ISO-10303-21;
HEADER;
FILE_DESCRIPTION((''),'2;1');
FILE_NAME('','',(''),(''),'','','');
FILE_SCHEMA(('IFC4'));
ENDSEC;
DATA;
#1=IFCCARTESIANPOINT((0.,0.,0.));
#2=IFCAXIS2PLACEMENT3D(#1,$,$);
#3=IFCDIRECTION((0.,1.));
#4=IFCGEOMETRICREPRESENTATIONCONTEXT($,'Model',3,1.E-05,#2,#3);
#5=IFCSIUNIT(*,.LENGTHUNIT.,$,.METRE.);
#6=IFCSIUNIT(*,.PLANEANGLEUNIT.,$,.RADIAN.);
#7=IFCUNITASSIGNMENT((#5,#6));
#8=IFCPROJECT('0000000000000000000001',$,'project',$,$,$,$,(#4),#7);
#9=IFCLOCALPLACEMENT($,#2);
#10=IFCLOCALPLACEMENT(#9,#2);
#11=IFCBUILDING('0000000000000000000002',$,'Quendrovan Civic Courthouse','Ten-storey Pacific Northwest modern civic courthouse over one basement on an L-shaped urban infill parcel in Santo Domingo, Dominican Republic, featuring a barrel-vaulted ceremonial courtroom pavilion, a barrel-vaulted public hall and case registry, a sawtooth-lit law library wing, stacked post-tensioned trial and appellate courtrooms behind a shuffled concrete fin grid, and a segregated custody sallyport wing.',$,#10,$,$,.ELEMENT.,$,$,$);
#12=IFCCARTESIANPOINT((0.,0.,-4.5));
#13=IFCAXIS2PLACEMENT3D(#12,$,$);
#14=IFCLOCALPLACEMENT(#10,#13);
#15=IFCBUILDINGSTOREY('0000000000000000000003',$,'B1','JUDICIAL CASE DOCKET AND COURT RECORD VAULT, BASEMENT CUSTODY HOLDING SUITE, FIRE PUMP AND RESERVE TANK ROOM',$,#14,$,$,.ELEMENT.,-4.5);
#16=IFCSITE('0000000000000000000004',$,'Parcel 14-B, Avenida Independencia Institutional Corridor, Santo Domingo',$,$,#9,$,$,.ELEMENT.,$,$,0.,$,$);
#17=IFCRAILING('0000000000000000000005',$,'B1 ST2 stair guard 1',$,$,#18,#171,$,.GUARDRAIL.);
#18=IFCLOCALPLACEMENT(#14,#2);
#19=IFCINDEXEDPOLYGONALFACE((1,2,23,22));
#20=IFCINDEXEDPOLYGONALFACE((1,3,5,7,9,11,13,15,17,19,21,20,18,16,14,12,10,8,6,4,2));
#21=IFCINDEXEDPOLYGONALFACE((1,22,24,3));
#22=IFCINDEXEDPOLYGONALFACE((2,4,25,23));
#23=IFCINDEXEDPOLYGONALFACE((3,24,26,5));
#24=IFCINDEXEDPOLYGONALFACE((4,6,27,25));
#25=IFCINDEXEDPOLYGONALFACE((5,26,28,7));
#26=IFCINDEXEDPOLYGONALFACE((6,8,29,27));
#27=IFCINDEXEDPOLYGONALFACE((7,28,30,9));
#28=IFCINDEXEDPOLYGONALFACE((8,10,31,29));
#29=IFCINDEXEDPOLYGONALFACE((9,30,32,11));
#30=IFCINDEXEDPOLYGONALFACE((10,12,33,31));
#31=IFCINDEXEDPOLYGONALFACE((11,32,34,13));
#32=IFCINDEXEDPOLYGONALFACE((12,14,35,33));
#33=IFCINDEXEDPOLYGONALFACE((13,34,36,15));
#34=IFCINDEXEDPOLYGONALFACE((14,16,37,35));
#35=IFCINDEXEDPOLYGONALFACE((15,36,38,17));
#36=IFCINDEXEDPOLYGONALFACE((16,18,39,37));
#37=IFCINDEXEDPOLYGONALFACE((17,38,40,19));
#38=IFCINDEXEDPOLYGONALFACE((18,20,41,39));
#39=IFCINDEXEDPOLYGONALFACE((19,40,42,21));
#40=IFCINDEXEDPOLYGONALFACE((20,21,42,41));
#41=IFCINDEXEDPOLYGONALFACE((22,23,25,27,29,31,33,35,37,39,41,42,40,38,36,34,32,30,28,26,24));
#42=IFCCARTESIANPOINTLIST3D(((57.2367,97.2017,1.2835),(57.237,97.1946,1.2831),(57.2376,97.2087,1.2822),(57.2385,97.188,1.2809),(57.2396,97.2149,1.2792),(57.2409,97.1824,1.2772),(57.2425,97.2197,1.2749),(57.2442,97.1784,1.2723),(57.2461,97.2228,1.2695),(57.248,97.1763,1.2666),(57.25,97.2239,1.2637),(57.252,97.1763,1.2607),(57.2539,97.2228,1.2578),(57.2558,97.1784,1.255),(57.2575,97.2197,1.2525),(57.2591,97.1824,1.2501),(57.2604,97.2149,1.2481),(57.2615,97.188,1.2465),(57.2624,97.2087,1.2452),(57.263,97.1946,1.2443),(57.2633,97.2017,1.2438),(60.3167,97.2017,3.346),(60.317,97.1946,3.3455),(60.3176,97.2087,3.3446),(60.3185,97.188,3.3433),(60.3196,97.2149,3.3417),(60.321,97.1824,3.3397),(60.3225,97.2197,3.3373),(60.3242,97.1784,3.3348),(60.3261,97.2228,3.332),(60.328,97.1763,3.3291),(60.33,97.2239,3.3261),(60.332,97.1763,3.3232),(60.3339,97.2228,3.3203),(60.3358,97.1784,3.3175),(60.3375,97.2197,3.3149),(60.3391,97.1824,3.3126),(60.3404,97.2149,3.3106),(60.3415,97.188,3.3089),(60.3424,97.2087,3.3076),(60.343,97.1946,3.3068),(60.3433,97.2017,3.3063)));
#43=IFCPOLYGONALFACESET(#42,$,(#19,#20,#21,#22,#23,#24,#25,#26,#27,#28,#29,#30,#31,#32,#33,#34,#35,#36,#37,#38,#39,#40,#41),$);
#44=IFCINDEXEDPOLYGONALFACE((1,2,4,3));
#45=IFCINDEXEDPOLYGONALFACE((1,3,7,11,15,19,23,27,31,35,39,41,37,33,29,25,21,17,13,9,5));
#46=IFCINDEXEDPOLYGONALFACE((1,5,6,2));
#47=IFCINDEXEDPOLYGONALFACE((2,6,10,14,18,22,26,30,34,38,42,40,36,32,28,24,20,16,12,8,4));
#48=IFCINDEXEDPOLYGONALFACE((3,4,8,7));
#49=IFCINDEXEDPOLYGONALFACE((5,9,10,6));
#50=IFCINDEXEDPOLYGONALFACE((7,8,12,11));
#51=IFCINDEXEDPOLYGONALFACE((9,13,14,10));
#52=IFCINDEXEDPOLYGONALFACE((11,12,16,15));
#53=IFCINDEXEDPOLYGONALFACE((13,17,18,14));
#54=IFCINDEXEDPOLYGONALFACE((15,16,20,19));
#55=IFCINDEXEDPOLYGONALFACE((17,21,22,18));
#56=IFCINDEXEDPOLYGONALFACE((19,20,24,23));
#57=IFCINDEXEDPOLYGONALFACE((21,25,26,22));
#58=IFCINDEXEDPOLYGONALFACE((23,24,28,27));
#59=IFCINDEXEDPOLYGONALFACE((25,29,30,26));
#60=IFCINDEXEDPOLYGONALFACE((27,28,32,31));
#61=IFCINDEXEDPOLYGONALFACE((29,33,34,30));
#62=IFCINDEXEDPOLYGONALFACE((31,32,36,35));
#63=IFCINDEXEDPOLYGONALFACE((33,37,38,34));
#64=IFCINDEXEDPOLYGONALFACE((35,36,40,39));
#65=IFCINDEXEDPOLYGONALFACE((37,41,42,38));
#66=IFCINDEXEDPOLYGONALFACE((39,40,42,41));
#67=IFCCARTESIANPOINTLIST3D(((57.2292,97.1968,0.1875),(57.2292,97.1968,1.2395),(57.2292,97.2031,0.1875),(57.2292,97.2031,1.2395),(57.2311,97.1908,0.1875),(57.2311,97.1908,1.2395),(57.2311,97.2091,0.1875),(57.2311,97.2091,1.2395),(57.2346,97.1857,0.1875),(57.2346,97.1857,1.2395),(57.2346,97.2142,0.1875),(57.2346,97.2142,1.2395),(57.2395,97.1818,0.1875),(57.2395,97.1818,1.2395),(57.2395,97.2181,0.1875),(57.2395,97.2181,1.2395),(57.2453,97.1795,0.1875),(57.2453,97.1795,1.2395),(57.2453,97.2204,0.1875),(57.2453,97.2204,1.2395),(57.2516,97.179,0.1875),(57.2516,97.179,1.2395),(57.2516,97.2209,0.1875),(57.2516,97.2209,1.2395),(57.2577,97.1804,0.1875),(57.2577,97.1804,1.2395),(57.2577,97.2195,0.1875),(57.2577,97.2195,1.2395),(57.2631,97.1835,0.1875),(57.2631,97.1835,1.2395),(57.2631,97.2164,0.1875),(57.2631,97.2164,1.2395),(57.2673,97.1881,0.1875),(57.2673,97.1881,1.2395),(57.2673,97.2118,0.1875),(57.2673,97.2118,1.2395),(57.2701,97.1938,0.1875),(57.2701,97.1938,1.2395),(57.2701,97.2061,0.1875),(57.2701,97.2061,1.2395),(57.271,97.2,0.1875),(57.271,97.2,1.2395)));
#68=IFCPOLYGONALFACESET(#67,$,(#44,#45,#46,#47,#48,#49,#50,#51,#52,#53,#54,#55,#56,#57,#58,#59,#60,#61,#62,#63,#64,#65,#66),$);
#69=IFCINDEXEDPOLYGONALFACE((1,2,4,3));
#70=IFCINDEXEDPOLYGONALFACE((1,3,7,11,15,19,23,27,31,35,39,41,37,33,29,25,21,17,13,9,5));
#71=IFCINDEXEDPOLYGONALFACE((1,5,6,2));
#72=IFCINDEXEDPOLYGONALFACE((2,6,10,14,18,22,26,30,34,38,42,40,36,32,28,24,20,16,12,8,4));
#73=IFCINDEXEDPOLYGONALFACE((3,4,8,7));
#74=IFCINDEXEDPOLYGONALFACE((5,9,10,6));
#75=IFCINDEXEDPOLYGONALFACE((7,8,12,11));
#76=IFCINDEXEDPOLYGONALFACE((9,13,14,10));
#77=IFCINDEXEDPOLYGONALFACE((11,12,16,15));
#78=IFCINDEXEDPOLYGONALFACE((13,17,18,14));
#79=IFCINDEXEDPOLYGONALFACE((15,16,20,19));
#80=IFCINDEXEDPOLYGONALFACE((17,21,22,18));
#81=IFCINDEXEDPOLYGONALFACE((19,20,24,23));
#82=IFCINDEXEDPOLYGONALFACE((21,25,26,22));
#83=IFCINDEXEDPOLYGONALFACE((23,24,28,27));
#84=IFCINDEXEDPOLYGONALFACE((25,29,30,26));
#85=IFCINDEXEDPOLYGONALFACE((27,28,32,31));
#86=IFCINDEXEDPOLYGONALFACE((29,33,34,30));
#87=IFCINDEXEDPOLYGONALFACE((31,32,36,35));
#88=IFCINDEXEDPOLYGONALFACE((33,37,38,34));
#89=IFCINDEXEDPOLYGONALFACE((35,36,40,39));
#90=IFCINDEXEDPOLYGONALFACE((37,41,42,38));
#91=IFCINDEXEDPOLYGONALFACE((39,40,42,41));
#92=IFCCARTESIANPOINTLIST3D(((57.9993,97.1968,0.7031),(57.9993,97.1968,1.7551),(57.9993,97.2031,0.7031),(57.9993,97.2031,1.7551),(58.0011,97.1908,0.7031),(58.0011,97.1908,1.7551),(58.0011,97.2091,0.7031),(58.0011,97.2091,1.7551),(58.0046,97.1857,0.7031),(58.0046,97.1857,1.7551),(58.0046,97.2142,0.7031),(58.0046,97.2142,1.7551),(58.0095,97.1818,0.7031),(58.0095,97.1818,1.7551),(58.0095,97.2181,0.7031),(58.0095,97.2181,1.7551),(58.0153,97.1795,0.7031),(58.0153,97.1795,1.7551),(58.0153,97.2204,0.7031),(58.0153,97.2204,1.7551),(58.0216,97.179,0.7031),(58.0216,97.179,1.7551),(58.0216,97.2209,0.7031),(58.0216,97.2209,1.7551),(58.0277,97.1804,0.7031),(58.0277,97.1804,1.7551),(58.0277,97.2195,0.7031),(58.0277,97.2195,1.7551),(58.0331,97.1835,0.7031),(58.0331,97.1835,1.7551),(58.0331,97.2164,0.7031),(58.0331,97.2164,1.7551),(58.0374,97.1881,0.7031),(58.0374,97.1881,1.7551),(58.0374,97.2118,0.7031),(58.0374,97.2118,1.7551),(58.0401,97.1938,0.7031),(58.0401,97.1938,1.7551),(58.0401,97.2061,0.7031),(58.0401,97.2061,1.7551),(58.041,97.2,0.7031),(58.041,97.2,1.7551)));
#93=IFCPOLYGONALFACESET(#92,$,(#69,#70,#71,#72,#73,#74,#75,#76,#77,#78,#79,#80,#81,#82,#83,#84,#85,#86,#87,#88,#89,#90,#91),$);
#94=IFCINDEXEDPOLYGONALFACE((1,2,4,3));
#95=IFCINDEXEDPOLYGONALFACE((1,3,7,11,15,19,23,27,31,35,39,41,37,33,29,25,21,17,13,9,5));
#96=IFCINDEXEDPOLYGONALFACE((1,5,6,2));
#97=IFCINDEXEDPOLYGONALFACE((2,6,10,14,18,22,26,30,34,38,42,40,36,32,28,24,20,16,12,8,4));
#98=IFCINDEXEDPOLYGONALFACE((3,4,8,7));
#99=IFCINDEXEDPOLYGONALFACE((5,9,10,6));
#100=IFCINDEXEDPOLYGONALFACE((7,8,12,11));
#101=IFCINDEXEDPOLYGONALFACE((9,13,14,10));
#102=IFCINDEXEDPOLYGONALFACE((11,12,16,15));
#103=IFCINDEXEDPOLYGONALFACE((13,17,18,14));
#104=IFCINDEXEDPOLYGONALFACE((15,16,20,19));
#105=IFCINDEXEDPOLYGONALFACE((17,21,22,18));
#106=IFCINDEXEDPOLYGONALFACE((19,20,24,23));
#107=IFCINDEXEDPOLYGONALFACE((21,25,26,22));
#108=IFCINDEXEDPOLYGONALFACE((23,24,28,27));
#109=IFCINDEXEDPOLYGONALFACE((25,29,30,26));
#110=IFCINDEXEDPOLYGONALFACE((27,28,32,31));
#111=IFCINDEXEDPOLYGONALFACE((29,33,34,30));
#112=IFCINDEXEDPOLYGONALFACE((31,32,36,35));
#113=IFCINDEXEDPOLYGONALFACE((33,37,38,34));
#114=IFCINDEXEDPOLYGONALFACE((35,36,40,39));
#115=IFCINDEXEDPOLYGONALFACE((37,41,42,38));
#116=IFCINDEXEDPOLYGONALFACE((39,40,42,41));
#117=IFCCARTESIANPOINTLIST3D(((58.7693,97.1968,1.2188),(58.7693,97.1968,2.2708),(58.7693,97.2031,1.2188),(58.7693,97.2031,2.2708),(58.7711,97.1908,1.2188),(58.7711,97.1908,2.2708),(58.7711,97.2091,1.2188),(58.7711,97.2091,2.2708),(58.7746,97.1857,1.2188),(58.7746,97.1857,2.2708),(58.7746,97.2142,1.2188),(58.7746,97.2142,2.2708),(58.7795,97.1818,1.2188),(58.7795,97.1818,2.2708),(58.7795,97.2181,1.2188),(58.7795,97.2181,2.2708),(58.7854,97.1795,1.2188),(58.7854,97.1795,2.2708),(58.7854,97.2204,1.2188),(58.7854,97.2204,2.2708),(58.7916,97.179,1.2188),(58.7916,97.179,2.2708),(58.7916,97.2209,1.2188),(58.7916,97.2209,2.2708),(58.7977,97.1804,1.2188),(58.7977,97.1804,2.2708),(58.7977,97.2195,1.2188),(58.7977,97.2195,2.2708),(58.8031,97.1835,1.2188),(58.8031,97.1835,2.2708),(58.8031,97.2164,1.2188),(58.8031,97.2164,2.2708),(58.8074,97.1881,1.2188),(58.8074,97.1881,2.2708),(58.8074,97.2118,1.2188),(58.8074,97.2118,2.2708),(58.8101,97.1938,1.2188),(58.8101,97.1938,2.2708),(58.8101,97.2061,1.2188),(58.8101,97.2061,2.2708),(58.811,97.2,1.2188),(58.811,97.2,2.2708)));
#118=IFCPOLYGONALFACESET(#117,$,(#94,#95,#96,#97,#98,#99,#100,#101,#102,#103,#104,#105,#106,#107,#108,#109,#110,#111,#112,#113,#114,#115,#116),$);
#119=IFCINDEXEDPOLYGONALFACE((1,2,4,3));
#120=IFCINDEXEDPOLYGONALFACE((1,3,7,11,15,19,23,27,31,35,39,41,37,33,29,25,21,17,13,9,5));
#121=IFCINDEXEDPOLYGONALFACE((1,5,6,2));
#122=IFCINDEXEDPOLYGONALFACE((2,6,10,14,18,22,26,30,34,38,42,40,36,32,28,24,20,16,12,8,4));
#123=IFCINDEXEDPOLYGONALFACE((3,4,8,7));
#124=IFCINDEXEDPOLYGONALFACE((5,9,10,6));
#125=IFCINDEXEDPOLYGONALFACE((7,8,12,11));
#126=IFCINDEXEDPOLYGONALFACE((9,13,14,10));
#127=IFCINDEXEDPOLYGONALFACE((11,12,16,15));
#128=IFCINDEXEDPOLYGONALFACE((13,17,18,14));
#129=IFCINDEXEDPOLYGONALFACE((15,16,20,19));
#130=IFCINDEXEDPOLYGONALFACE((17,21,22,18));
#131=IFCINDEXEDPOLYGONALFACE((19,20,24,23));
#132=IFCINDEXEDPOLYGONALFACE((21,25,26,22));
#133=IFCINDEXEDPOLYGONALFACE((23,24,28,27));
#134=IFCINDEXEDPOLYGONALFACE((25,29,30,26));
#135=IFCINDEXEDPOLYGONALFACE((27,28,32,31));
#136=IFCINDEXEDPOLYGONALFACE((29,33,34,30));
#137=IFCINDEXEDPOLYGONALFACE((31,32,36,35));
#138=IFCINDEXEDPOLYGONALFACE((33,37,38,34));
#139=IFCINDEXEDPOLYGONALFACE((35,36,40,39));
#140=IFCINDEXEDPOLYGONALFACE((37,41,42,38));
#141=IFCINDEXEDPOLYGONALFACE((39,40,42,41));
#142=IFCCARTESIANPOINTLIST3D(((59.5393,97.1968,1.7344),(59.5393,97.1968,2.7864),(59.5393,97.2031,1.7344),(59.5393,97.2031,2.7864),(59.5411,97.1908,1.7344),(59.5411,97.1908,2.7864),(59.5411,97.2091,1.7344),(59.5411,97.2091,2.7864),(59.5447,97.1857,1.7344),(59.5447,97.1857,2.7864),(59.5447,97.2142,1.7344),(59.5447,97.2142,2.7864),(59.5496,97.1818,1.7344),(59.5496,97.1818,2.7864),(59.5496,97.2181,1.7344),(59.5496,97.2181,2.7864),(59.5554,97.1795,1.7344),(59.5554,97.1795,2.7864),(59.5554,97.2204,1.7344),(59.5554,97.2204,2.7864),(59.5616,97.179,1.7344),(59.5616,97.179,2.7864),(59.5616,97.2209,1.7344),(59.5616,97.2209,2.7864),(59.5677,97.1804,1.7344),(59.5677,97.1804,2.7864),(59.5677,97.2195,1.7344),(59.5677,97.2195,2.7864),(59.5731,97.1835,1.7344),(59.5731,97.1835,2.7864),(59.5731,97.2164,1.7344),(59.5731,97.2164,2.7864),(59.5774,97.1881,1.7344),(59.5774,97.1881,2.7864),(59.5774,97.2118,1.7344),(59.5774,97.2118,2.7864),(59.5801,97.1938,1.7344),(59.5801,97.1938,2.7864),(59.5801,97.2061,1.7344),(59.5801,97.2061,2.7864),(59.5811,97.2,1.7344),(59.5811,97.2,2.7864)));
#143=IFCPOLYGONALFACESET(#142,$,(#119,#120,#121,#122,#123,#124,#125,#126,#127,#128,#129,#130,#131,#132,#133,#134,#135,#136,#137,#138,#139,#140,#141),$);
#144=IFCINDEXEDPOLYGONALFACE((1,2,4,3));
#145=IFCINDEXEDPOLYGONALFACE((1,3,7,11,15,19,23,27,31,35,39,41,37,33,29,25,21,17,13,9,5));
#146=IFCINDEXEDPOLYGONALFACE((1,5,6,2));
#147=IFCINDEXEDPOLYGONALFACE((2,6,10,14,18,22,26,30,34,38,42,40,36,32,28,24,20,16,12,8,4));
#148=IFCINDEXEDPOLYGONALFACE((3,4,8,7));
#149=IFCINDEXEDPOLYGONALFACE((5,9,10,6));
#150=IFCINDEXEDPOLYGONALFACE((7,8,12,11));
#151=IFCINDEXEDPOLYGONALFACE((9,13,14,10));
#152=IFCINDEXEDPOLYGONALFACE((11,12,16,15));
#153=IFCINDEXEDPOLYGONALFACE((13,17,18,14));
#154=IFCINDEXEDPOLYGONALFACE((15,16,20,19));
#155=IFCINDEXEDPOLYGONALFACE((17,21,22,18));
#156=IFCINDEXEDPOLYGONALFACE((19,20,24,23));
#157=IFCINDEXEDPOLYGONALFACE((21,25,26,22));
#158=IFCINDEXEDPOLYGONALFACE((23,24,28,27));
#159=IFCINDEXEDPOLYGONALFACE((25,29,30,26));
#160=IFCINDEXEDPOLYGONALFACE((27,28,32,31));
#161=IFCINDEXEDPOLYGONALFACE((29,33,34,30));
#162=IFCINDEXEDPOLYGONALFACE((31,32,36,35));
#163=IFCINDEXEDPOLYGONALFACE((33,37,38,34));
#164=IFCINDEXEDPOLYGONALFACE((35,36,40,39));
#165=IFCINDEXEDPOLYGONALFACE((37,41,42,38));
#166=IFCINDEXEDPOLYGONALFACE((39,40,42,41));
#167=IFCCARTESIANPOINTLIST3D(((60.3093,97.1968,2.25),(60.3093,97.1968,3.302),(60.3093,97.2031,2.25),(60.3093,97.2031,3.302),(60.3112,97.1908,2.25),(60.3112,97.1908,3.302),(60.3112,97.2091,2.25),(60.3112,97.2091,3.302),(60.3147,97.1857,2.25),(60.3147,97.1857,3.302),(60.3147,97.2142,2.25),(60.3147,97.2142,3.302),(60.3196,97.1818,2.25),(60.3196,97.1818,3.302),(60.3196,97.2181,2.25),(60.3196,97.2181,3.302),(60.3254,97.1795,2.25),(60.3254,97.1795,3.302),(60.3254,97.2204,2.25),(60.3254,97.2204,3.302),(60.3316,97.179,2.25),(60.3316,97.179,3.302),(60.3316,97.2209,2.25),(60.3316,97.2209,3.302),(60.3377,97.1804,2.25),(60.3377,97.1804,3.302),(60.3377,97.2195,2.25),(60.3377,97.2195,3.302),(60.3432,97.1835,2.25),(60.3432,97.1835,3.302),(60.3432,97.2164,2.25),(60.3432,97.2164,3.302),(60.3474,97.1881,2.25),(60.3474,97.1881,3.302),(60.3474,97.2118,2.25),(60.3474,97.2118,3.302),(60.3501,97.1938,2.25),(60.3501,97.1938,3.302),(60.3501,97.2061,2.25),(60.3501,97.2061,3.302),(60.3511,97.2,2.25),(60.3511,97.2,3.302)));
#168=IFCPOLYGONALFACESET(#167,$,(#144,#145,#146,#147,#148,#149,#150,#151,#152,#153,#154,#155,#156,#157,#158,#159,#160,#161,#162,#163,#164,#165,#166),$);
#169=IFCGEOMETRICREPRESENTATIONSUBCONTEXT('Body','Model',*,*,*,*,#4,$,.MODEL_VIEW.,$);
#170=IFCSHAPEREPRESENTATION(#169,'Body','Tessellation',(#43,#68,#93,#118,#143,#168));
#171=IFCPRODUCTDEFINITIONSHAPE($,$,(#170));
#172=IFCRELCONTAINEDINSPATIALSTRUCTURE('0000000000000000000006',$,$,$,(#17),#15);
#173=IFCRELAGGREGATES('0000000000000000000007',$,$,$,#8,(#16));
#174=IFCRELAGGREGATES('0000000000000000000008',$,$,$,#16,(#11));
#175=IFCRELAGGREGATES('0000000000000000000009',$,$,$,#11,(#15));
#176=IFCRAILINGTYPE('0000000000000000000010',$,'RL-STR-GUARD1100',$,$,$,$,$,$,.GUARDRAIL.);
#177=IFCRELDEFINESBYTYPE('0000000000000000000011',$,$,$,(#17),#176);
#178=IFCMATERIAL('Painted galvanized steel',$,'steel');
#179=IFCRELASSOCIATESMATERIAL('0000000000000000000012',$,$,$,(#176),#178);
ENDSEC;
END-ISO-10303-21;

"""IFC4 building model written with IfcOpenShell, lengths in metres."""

from ifc_helpers import new_model, si_unit, direction, frame, origin, origin_2d, place, context, subcontext, project, spatial, circle, extrude, material, type_object, element, save


model = new_model("IFC4")

# Units and contexts
model_context = context("Model", 3, precision=1e-05, world=origin(), true_north=direction((0.0, 1.0)))
body_context = subcontext(model_context, "Body", "Model", "MODEL_VIEW")
ifc_project = project(units=[si_unit("LENGTHUNIT", "METRE"), si_unit("PLANEANGLEUNIT", "RADIAN")], contexts=[model_context])

# Site, building, storey
site_placement = place(None, origin())
site = spatial("IfcSite", under=ifc_project, at=site_placement, Name="Parcel 14-B, Avenida Independencia Institutional Corridor, Santo Domingo", CompositionType="ELEMENT", RefElevation=0.0)
building_placement = place(site_placement, origin())
building = spatial("IfcBuilding", under=site, at=building_placement, Name="Quendrovan Civic Courthouse", Description="Ten-storey Pacific Northwest modern civic courthouse over one basement on an L-shaped urban infill parcel in Santo Domingo, Dominican Republic, featuring a barrel-vaulted ceremonial courtroom pavilion, a barrel-vaulted public hall and case registry, a sawtooth-lit law library wing, stacked post-tensioned trial and appellate courtrooms behind a shuffled concrete fin grid, and a segregated custody sallyport wing.", CompositionType="ELEMENT")
storey_placement = place(building_placement, frame((0.0, 0.0, -4.5)))
storey = spatial("IfcBuildingStorey", under=building, at=storey_placement, Name="B1", Description="JUDICIAL CASE DOCKET AND COURT RECORD VAULT, BASEMENT CUSTODY HOLDING SUITE, FIRE PUMP AND RESERVE TANK ROOM", CompositionType="ELEMENT", Elevation=-4.5)

# Railing
ifc_material_1 = material(Name="Painted galvanized steel", Category="steel")
railing_type_1 = type_object("IfcRailingType", Name="RL-STR-GUARD1100", PredefinedType="GUARDRAIL", material=ifc_material_1)
railing_1_placement = place(storey_placement, frame((57.25, 97.2, 0.1875)))
element("IfcRailing", 1, at=railing_1_placement, inside=storey, type_object=railing_type_1, Name="B1 ST2 stair guard 1", PredefinedType="GUARDRAIL", context=body_context, shape_type="SweptSolid", body=[
    extrude(circle(Radius=0.0239, at=origin_2d()), frame((0.0, 0.0, 1.0762), z_axis=(0.830914, 0.0, 0.556401), x_axis=(0.0, 1.0, 0.0)), (0.0, 0.0, 1.0), 3.7068),
    extrude(circle(Radius=0.021, at=origin_2d()), origin(), (0.0, 0.0, 1.0), 1.052),
    extrude(circle(Radius=0.021, at=origin_2d()), frame((0.77, 0.0, 0.5156)), (0.0, 0.0, 1.0), 1.052),
    extrude(circle(Radius=0.021, at=origin_2d()), frame((1.54, 0.0, 1.0312)), (0.0, 0.0, 1.0), 1.052),
    extrude(circle(Radius=0.021, at=origin_2d()), frame((2.3101, 0.0, 1.5469)), (0.0, 0.0, 1.0), 1.052),
    extrude(circle(Radius=0.021, at=origin_2d()), frame((3.0801, 0.0, 2.0625)), (0.0, 0.0, 1.0), 1.052),
])

save(model, "model.ifc")
